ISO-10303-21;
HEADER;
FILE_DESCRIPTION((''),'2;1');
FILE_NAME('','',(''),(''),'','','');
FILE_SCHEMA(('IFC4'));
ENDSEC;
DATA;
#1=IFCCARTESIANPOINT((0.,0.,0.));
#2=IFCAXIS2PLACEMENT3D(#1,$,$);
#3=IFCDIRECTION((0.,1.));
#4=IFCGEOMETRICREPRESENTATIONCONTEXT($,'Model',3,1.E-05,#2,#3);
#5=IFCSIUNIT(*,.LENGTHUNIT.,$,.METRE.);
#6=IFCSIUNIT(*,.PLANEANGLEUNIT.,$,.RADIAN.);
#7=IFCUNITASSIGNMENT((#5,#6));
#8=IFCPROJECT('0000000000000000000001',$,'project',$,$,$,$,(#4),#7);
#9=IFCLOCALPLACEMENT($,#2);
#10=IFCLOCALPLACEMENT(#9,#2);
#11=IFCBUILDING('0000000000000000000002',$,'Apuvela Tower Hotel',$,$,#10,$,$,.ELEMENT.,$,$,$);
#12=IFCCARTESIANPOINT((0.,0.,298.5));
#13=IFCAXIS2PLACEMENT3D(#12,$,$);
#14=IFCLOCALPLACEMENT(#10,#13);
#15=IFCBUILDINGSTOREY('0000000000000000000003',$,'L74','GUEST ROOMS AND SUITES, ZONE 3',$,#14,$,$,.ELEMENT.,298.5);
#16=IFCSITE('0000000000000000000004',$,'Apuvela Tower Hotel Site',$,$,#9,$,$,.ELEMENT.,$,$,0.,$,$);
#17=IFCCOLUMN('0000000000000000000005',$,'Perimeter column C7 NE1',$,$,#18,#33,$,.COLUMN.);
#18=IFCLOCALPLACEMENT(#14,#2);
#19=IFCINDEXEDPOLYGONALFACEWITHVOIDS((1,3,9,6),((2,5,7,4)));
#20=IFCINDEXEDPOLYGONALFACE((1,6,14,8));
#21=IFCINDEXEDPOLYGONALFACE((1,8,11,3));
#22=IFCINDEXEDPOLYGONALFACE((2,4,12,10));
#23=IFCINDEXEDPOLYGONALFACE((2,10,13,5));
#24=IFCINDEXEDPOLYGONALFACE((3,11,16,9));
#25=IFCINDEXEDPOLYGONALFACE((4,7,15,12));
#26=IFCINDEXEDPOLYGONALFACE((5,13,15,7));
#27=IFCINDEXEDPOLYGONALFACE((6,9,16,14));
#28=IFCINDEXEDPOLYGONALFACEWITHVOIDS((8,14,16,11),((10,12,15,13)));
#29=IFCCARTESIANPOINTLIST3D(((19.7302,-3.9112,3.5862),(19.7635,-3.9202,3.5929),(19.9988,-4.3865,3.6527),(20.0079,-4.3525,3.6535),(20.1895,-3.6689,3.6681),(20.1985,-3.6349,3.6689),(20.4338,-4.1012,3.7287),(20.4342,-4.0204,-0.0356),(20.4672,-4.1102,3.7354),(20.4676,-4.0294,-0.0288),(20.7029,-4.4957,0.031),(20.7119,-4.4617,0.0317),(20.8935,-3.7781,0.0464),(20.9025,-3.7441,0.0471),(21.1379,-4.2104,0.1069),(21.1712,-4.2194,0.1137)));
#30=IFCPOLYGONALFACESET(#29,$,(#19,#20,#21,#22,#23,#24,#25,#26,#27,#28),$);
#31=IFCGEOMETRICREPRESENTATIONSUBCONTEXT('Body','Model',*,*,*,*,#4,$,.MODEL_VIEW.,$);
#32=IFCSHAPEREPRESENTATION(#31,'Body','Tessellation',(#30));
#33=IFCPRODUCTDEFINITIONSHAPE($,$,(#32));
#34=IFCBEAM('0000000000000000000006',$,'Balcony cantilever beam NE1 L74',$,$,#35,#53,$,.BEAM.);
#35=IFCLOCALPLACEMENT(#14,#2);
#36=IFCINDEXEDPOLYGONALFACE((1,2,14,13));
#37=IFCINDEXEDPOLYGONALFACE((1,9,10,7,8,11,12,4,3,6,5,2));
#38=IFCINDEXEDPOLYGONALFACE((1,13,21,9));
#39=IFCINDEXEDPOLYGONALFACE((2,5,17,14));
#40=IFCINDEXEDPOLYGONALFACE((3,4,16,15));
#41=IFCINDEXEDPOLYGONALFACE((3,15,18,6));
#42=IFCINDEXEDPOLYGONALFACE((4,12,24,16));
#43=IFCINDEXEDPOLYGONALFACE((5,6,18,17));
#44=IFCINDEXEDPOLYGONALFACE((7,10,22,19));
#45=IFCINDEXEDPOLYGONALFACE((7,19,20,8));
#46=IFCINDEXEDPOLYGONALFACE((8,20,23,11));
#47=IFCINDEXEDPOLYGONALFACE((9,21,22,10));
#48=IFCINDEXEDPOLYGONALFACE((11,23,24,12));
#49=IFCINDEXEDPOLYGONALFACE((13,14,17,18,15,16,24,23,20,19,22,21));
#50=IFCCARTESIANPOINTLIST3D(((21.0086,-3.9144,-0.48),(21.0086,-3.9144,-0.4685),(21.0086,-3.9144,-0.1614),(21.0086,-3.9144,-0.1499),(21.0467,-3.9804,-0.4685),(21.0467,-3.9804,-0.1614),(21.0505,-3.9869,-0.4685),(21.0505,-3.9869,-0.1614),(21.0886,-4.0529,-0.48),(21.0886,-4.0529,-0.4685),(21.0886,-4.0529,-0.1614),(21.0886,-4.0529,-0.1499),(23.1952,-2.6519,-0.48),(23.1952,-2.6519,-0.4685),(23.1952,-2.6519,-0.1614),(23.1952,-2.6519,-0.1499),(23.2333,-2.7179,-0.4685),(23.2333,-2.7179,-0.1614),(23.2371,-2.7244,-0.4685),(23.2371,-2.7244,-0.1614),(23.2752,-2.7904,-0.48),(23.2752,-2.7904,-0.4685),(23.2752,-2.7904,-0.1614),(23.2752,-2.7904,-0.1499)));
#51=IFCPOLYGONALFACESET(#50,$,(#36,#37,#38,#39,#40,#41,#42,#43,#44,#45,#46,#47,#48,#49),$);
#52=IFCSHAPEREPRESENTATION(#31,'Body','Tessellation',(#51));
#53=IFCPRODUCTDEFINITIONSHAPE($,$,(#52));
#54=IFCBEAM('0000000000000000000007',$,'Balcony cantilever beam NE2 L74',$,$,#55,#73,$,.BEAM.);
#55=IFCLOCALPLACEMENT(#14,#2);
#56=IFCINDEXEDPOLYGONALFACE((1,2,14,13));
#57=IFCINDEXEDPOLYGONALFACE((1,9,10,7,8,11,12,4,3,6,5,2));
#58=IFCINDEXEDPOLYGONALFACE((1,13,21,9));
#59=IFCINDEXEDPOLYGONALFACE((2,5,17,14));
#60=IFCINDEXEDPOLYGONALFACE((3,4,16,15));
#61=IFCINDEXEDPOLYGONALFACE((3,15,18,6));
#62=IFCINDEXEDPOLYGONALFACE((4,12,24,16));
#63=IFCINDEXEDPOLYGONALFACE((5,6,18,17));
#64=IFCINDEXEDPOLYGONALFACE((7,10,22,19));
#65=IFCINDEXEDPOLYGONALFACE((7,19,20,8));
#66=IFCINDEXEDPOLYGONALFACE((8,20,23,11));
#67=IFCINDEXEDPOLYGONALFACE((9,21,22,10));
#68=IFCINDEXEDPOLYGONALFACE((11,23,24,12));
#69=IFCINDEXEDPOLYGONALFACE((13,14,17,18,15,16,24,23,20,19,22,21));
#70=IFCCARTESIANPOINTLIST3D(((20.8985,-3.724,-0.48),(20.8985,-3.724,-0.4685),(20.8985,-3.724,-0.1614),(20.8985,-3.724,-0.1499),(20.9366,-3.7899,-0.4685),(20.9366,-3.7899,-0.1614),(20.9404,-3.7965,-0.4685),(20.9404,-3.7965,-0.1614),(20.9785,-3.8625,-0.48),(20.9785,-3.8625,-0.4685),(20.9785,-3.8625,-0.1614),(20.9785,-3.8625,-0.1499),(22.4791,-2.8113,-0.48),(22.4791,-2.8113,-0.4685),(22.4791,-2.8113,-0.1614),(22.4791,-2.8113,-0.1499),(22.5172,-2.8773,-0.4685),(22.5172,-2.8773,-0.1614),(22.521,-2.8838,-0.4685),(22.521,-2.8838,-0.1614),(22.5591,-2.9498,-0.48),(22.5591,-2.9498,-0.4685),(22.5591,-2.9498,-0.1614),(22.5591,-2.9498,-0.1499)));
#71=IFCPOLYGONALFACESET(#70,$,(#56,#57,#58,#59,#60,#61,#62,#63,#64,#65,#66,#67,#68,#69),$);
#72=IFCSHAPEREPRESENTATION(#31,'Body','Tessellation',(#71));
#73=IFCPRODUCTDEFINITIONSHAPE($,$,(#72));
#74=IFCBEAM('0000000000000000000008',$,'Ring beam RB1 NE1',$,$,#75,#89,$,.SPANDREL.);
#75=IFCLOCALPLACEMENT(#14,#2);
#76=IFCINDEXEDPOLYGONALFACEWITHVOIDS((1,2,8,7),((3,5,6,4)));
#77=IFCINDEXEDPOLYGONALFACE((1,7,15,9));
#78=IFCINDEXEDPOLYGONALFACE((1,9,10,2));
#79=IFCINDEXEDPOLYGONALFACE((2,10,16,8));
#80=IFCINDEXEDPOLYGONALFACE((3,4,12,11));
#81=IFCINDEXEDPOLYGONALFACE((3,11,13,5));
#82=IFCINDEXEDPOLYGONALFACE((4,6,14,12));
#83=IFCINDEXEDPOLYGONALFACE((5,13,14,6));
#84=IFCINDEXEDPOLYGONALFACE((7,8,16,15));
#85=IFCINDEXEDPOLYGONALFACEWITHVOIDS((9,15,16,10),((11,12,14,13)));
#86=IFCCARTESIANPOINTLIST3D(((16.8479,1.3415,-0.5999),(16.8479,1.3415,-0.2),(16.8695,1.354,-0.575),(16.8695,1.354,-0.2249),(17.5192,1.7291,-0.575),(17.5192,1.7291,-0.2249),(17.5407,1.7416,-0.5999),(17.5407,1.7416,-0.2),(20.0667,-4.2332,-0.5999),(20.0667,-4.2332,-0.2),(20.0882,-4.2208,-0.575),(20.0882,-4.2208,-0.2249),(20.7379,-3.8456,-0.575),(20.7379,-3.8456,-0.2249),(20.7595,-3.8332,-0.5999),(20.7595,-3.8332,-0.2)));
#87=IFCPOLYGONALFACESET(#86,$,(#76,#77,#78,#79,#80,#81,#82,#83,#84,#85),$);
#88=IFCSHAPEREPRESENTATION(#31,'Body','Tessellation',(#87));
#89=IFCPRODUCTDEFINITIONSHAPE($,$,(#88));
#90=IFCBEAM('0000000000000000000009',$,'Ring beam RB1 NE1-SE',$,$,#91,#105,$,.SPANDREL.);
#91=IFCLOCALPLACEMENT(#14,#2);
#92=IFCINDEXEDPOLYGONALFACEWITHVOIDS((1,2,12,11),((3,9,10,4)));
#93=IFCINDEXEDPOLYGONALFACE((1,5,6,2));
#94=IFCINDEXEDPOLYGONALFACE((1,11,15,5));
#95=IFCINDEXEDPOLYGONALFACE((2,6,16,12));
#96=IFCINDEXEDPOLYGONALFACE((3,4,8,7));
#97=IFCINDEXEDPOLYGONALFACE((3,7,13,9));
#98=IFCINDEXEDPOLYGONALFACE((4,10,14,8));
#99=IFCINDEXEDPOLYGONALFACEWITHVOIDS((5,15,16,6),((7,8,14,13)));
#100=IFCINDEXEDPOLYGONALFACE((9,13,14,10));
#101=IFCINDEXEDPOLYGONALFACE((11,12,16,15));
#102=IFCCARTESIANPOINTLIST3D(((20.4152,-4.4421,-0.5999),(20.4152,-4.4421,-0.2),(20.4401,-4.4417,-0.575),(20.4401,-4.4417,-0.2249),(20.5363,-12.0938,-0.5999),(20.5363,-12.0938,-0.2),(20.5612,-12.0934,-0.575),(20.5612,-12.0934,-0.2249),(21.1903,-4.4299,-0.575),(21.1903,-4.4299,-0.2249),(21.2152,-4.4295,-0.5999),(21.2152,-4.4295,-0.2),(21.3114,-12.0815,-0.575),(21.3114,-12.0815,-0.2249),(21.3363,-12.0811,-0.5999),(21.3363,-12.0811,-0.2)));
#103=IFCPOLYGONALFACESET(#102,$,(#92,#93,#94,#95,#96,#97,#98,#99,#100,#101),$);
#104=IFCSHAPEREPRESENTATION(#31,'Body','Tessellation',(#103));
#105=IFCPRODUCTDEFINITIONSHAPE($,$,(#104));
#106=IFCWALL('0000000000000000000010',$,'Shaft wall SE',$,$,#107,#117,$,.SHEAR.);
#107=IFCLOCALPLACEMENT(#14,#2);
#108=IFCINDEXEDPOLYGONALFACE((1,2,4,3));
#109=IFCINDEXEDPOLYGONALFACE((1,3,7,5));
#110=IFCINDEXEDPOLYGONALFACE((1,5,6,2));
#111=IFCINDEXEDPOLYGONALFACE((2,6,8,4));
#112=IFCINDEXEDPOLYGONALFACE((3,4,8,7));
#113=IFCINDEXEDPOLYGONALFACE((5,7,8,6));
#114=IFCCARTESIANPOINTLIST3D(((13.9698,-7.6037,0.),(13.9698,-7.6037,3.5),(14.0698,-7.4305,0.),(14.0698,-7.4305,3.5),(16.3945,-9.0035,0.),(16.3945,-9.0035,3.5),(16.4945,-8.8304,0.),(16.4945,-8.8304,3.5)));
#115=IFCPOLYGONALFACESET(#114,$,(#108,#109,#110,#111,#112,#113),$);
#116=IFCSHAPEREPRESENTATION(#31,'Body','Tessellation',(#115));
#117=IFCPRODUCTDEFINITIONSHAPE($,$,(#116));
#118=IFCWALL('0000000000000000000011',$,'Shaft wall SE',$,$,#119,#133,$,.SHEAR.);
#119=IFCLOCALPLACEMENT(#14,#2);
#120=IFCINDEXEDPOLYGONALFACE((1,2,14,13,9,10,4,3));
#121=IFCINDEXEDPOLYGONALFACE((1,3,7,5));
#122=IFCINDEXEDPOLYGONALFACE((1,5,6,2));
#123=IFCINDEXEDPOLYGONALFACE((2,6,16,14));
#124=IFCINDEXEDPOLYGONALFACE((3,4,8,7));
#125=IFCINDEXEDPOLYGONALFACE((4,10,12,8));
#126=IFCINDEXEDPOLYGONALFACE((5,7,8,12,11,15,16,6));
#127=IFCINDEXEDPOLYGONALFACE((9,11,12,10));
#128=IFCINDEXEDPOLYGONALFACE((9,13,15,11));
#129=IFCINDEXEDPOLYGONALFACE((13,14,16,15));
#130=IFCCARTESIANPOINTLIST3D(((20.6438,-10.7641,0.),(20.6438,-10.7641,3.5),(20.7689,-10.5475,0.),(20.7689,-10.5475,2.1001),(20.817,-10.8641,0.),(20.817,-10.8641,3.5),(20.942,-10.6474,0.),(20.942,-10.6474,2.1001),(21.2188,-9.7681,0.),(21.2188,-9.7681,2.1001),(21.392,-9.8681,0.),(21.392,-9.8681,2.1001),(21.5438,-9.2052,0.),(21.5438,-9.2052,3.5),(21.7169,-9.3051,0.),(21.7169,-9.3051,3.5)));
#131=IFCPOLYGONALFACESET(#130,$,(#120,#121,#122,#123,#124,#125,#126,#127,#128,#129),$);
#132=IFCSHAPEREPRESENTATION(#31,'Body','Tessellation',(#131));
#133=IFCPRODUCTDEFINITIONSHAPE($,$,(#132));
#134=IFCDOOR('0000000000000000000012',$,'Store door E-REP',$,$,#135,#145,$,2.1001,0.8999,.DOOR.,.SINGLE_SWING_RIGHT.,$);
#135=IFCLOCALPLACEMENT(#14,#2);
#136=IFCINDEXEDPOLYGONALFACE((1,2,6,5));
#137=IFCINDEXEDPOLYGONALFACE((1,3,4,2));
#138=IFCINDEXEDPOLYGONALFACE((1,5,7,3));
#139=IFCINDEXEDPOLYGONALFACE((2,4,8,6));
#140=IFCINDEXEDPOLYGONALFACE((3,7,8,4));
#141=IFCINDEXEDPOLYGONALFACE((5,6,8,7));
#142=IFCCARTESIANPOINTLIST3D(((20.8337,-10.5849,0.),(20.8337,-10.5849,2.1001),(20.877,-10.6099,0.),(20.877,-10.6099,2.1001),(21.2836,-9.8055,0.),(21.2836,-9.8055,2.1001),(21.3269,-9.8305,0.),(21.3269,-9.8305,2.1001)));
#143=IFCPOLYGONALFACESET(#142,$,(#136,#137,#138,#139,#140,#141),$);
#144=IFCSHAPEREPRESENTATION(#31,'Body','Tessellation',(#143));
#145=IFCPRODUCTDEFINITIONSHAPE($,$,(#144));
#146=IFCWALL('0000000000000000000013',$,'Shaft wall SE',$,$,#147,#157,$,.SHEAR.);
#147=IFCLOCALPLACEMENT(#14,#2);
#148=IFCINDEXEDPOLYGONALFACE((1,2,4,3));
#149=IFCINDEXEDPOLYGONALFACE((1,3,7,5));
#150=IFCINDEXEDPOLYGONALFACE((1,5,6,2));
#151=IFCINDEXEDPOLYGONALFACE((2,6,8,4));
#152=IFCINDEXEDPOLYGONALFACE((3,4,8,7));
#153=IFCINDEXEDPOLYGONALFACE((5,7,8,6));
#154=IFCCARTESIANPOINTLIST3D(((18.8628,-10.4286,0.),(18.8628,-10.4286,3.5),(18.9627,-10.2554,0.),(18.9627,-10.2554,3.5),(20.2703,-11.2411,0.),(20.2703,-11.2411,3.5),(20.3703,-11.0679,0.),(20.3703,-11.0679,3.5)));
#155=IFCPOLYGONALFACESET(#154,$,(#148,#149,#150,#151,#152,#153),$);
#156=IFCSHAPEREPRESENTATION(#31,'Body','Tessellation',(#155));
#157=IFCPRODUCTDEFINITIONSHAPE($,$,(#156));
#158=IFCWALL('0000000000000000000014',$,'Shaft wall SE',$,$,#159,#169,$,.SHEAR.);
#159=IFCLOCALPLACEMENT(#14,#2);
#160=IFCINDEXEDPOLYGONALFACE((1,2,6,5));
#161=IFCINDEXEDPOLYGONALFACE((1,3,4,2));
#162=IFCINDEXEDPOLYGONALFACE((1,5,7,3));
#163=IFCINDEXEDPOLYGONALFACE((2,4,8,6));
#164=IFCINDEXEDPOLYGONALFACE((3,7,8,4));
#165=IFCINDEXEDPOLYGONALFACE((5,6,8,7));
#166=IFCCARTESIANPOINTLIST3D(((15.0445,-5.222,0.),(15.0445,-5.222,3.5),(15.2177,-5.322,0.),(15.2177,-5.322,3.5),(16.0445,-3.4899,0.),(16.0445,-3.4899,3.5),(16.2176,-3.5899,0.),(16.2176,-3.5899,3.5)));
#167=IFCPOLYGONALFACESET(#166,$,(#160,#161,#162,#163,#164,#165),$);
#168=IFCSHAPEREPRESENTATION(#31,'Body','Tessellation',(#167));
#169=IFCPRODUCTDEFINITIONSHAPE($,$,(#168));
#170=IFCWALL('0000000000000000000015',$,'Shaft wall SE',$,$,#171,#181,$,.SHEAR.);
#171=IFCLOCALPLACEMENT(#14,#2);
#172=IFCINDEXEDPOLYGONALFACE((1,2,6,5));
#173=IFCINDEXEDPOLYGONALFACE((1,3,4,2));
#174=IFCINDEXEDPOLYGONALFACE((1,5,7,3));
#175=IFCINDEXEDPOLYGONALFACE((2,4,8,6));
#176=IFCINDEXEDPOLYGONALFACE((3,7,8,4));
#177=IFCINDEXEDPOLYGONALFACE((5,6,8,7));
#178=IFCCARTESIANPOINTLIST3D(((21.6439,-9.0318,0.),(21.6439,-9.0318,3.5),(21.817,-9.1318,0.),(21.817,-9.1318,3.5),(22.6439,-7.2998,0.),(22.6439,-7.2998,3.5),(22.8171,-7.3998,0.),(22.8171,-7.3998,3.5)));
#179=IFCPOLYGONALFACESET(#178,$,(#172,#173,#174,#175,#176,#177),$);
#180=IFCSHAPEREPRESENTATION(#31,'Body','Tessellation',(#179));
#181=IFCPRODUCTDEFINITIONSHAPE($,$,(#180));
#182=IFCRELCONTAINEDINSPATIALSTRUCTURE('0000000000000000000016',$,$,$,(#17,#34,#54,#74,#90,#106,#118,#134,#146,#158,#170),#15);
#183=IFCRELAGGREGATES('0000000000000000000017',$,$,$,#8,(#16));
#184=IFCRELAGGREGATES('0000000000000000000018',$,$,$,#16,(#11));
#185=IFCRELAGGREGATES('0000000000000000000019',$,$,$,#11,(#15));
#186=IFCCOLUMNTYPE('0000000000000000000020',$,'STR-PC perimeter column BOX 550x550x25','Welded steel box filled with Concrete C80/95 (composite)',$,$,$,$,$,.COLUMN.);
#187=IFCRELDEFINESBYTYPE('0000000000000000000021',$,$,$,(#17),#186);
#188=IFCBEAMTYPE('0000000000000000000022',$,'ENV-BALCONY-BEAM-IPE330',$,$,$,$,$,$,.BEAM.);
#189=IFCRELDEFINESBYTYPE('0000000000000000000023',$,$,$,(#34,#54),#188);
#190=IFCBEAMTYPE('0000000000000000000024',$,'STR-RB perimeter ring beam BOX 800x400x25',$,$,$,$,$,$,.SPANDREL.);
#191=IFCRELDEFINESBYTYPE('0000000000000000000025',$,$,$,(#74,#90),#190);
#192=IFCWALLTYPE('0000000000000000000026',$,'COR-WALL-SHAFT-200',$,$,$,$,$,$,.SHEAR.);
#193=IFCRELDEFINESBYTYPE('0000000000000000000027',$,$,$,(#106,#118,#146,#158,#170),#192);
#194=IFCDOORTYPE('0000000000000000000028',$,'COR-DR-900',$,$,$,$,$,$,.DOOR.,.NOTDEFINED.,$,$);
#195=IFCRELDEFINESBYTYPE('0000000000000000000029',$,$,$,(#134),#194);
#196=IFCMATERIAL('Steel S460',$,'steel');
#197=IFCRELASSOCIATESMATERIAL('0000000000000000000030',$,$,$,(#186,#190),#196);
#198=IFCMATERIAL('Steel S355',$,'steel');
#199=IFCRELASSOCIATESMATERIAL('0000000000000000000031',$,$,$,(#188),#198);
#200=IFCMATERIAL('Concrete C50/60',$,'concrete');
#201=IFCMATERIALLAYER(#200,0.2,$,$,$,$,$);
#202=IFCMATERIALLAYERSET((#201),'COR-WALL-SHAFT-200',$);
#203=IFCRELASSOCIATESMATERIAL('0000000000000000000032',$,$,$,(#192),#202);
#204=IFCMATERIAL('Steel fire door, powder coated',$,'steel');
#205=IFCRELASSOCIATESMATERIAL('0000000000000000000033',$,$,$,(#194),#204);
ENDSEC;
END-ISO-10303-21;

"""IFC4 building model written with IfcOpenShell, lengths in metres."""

from ifc_helpers import new_model, si_unit, direction, frame, frame_2d, origin, origin_2d, place, context, subcontext, project, spatial, rectangle, hollow_rectangle, i_section, extrude, boolean, halfspace, material, layer, layer_set, material_profile, profile_set, type_object, element, fill, save


model = new_model("IFC4")

# Units and contexts
model_context = context("Model", 3, precision=1e-05, world=origin(), true_north=direction((0.0, 1.0)))
body_context = subcontext(model_context, "Body", "Model", "MODEL_VIEW")
ifc_project = project(units=[si_unit("LENGTHUNIT", "METRE"), si_unit("PLANEANGLEUNIT", "RADIAN")], contexts=[model_context])

# Site, building, storey
site_placement = place(None, origin())
site = spatial("IfcSite", under=ifc_project, at=site_placement, Name="Apuvela Tower Hotel Site", CompositionType="ELEMENT", RefElevation=0.0)
building_placement = place(site_placement, origin())
building = spatial("IfcBuilding", under=site, at=building_placement, Name="Apuvela Tower Hotel", CompositionType="ELEMENT")
storey_placement = place(building_placement, frame((0.0, 0.0, 298.5)))
storey = spatial("IfcBuildingStorey", under=building, at=storey_placement, Name="L74", Description="GUEST ROOMS AND SUITES, ZONE 3", CompositionType="ELEMENT", Elevation=298.5)

# Column
ifc_material_1 = material(Name="Steel S460", Category="steel")
ifc_material_profile_1 = material_profile(ifc_material_1, hollow_rectangle(XDim=0.55, YDim=0.55, WallThickness=0.0249, at=origin_2d()), Name="BOX 550x550x25")
ifc_material_2 = material(Name="Concrete C80/95", Category="concrete")
ifc_material_profile_2 = material_profile(ifc_material_2, rectangle(XDim=0.5, YDim=0.5, at=origin_2d()), Name="Concrete C80/95 infill")
ifc_profile_set_1 = profile_set([ifc_material_profile_1, ifc_material_profile_2], Name="Steel S460")
column_type = type_object("IfcColumnType", Name="STR-PC perimeter column BOX 550x550x25", Description="Welded steel box filled with Concrete C80/95 (composite)", PredefinedType="COLUMN", material=ifc_profile_set_1)
column_placement = place(storey_placement, frame((20.8103, -4.1211, 0.0), z_axis=(-0.190736, 0.029588, 0.981195), x_axis=(0.488489, -0.864137, 0.121016)))
element("IfcColumn", 1, at=column_placement, inside=storey, type_object=column_type, Name="Perimeter column C7 NE1", PredefinedType="COLUMN", context=body_context, shape_type="SweptSolid", body=[
    boolean("DIFFERENCE", boolean("DIFFERENCE", extrude(hollow_rectangle(XDim=0.55, YDim=0.55, WallThickness=0.0249, at=origin_2d()), origin(), (0.0, 0.0, 1.0), 3.7708), halfspace(frame((0.0, 0.0, 0.0398), z_axis=(0.0, 0.0, 1.0), x_axis=(1.0, 0.0, 0.0)), True)), halfspace(frame((0.0, 0.0, 3.731), z_axis=(0.0, 0.0, 1.0), x_axis=(1.0, 0.0, 0.0)), False)),
])

# Beams
ifc_material_3 = material(Name="Steel S355", Category="steel")
ifc_material_profile_3 = material_profile(ifc_material_3, i_section(OverallWidth=0.1599, OverallDepth=0.3301, WebThickness=0.0076, FlangeThickness=0.0115, at=origin_2d()), Name="IPE 330")
ifc_profile_set_2 = profile_set([ifc_material_profile_3], Name="Steel S355")
beam_type_1 = type_object("IfcBeamType", Name="ENV-BALCONY-BEAM-IPE330", PredefinedType="BEAM", material=ifc_profile_set_2)
beam_1_placement = place(storey_placement, frame((21.0486, -3.9836, -0.3149), z_axis=(0.866015, 0.500018, 0.0), x_axis=(-0.500018, 0.866015, 0.0)))
element("IfcBeam", 2, at=beam_1_placement, inside=storey, type_object=beam_type_1, Name="Balcony cantilever beam NE1 L74", PredefinedType="BEAM", context=body_context, shape_type="SweptSolid", body=[
    extrude(i_section(OverallWidth=0.1599, OverallDepth=0.3301, WebThickness=0.0076, FlangeThickness=0.0115, at=origin_2d()), origin(), (0.0, 0.0, 1.0), 2.5249),
])
beam_2_placement = place(storey_placement, frame((20.9385, -3.7932, -0.3149), z_axis=(0.866012, 0.500024, 0.0), x_axis=(-0.500024, 0.866012, 0.0)))
element("IfcBeam", 3, at=beam_2_placement, inside=storey, type_object=beam_type_1, Name="Balcony cantilever beam NE2 L74", PredefinedType="BEAM", context=body_context, shape_type="SweptSolid", body=[
    extrude(i_section(OverallWidth=0.1599, OverallDepth=0.3301, WebThickness=0.0076, FlangeThickness=0.0115, at=origin_2d()), origin(), (0.0, 0.0, 1.0), 1.8252),
])
ifc_material_profile_4 = material_profile(ifc_material_1, hollow_rectangle(XDim=0.8, YDim=0.3999, WallThickness=0.0249, at=origin_2d()), Name="BOX 800x400x25")
ifc_profile_set_3 = profile_set([ifc_material_profile_4], Name="Steel S460")
beam_type_2 = type_object("IfcBeamType", Name="STR-RB perimeter ring beam BOX 800x400x25", PredefinedType="SPANDREL", material=ifc_profile_set_3)
beam_3_placement = place(storey_placement, frame((20.4131, -4.0332, -0.3999), z_axis=(-0.500022, 0.866013, 0.0), x_axis=(-0.866013, -0.500022, 0.0)))
element("IfcBeam", 4, at=beam_3_placement, inside=storey, type_object=beam_type_2, Name="Ring beam RB1 NE1", PredefinedType="SPANDREL", context=body_context, shape_type="SweptSolid", body=[
    extrude(hollow_rectangle(XDim=0.8, YDim=0.3999, WallThickness=0.0249, at=origin_2d()), origin(), (0.0, 0.0, 1.0), 6.4373),
])
beam_4_placement = place(storey_placement, frame((20.8152, -4.4358, -0.3999), z_axis=(0.015824, -0.999875, 0.0), x_axis=(0.999875, 0.015824, 0.0)))
element("IfcBeam", 5, at=beam_4_placement, inside=storey, type_object=beam_type_2, Name="Ring beam RB1 NE1-SE", PredefinedType="SPANDREL", context=body_context, shape_type="SweptSolid", body=[
    extrude(hollow_rectangle(XDim=0.8, YDim=0.3999, WallThickness=0.0249, at=origin_2d()), origin(), (0.0, 0.0, 1.0), 7.6526),
])

# Wall
ifc_material_4 = material(Name="Concrete C50/60", Category="concrete")
ifc_layer_1 = layer(ifc_material_4, 0.2)
ifc_layer_set_1 = layer_set([ifc_layer_1], Name="COR-WALL-SHAFT-200")
wall_type_1 = type_object("IfcWallType", Name="COR-WALL-SHAFT-200", PredefinedType="SHEAR", material=ifc_layer_set_1)
wall_1_placement = place(storey_placement, frame((14.0198, -7.5171, 0.0), z_axis=(0.0, 0.0, 1.0), x_axis=(0.866035, -0.499984, 0.0)))
element("IfcWall", 6, at=wall_1_placement, inside=storey, type_object=wall_type_1, Name="Shaft wall SE", PredefinedType="SHEAR", context=body_context, shape_type="SweptSolid", body=[
    extrude(rectangle(XDim=2.7998, YDim=0.2, at=frame_2d((1.3999, 0.0))), origin(), (0.0, 0.0, 1.0), 3.5),
])

# Wall, opening, door
wall_2_placement = place(storey_placement, frame((20.7305, -10.814, 0.0), z_axis=(0.0, 0.0, 1.0), x_axis=(0.499961, 0.866048, 0.0)))
wall_2 = element("IfcWall", 7, at=wall_2_placement, inside=storey, type_object=wall_type_1, Name="Shaft wall SE", PredefinedType="SHEAR", context=body_context, shape_type="SweptSolid", body=[
    extrude(rectangle(XDim=1.8, YDim=0.2, at=frame_2d((0.8999, 0.0))), origin(), (0.0, 0.0, 1.0), 3.5),
])
opening_1_placement = place(wall_2_placement, frame((0.25, 0.0, 0.0)))
opening_1 = element("IfcOpeningElement", 8, at=opening_1_placement, cuts=wall_2, PredefinedType="OPENING", context=body_context, shape_type="SweptSolid", body=[
    extrude(rectangle(XDim=0.8999, YDim=2.1001, at=frame_2d((0.45, 1.05))), frame((0.0, 0.1099, 0.0), z_axis=(0.0, -1.0, 0.0), x_axis=(1.0, 0.0, 0.0)), (0.0, 0.0, 1.0), 0.22),
])
ifc_material_5 = material(Name="Steel fire door, powder coated", Category="steel")
door_type_1 = type_object("IfcDoorType", Name="COR-DR-900", OperationType="NOTDEFINED", PredefinedType="DOOR", material=ifc_material_5)
door_1_placement = place(opening_1_placement, frame((0.8999, 0.0, 0.0), z_axis=(0.0, 0.0, 1.0), x_axis=(-1.0, 0.0, 0.0)))
door_1 = element("IfcDoor", 9, at=door_1_placement, inside=storey, type_object=door_type_1, Name="Store door E-REP", OperationType="SINGLE_SWING_RIGHT", OverallHeight=2.1001, OverallWidth=0.8999, PredefinedType="DOOR", context=body_context, shape_type="SweptSolid", body=[
    extrude(rectangle(XDim=0.8999, YDim=2.1001, at=frame_2d((0.45, 1.05))), frame((0.0, 0.0249, 0.0), z_axis=(0.0, -1.0, 0.0), x_axis=(1.0, 0.0, 0.0)), (0.0, 0.0, 1.0), 0.05),
])
fill(opening_1, door_1)

# Walls
wall_3_placement = place(storey_placement, frame((18.9128, -10.342, 0.0), z_axis=(0.0, 0.0, 1.0), x_axis=(0.866053, -0.499952, 0.0)))
element("IfcWall", 10, at=wall_3_placement, inside=storey, type_object=wall_type_1, Name="Shaft wall SE", PredefinedType="SHEAR", context=body_context, shape_type="SweptSolid", body=[
    extrude(rectangle(XDim=1.6252, YDim=0.2, at=frame_2d((0.8125, 0.0))), origin(), (0.0, 0.0, 1.0), 3.5),
])
for number, where, z_axis, x_axis, name in (
    (11, (15.1311, -5.272, 0.0), (0.0, 0.0, 1.0), (0.499973, 0.866041, 0.0), "Shaft wall SE"),
    (12, (21.7305, -9.0818, 0.0), (0.0, 0.0, 1.0), (0.500025, 0.866011, 0.0), "Shaft wall SE"),
):
    element("IfcWall", number, at=place(storey_placement, frame(where, z_axis=z_axis, x_axis=x_axis)), inside=storey, type_object=wall_type_1, Name=name, PredefinedType="SHEAR", context=body_context, shape_type="SweptSolid", body=[
        extrude(rectangle(XDim=2.0, YDim=0.2, at=frame_2d((1.0, 0.0))), origin(), (0.0, 0.0, 1.0), 3.5),
    ])

save(model, "model.ifc")
